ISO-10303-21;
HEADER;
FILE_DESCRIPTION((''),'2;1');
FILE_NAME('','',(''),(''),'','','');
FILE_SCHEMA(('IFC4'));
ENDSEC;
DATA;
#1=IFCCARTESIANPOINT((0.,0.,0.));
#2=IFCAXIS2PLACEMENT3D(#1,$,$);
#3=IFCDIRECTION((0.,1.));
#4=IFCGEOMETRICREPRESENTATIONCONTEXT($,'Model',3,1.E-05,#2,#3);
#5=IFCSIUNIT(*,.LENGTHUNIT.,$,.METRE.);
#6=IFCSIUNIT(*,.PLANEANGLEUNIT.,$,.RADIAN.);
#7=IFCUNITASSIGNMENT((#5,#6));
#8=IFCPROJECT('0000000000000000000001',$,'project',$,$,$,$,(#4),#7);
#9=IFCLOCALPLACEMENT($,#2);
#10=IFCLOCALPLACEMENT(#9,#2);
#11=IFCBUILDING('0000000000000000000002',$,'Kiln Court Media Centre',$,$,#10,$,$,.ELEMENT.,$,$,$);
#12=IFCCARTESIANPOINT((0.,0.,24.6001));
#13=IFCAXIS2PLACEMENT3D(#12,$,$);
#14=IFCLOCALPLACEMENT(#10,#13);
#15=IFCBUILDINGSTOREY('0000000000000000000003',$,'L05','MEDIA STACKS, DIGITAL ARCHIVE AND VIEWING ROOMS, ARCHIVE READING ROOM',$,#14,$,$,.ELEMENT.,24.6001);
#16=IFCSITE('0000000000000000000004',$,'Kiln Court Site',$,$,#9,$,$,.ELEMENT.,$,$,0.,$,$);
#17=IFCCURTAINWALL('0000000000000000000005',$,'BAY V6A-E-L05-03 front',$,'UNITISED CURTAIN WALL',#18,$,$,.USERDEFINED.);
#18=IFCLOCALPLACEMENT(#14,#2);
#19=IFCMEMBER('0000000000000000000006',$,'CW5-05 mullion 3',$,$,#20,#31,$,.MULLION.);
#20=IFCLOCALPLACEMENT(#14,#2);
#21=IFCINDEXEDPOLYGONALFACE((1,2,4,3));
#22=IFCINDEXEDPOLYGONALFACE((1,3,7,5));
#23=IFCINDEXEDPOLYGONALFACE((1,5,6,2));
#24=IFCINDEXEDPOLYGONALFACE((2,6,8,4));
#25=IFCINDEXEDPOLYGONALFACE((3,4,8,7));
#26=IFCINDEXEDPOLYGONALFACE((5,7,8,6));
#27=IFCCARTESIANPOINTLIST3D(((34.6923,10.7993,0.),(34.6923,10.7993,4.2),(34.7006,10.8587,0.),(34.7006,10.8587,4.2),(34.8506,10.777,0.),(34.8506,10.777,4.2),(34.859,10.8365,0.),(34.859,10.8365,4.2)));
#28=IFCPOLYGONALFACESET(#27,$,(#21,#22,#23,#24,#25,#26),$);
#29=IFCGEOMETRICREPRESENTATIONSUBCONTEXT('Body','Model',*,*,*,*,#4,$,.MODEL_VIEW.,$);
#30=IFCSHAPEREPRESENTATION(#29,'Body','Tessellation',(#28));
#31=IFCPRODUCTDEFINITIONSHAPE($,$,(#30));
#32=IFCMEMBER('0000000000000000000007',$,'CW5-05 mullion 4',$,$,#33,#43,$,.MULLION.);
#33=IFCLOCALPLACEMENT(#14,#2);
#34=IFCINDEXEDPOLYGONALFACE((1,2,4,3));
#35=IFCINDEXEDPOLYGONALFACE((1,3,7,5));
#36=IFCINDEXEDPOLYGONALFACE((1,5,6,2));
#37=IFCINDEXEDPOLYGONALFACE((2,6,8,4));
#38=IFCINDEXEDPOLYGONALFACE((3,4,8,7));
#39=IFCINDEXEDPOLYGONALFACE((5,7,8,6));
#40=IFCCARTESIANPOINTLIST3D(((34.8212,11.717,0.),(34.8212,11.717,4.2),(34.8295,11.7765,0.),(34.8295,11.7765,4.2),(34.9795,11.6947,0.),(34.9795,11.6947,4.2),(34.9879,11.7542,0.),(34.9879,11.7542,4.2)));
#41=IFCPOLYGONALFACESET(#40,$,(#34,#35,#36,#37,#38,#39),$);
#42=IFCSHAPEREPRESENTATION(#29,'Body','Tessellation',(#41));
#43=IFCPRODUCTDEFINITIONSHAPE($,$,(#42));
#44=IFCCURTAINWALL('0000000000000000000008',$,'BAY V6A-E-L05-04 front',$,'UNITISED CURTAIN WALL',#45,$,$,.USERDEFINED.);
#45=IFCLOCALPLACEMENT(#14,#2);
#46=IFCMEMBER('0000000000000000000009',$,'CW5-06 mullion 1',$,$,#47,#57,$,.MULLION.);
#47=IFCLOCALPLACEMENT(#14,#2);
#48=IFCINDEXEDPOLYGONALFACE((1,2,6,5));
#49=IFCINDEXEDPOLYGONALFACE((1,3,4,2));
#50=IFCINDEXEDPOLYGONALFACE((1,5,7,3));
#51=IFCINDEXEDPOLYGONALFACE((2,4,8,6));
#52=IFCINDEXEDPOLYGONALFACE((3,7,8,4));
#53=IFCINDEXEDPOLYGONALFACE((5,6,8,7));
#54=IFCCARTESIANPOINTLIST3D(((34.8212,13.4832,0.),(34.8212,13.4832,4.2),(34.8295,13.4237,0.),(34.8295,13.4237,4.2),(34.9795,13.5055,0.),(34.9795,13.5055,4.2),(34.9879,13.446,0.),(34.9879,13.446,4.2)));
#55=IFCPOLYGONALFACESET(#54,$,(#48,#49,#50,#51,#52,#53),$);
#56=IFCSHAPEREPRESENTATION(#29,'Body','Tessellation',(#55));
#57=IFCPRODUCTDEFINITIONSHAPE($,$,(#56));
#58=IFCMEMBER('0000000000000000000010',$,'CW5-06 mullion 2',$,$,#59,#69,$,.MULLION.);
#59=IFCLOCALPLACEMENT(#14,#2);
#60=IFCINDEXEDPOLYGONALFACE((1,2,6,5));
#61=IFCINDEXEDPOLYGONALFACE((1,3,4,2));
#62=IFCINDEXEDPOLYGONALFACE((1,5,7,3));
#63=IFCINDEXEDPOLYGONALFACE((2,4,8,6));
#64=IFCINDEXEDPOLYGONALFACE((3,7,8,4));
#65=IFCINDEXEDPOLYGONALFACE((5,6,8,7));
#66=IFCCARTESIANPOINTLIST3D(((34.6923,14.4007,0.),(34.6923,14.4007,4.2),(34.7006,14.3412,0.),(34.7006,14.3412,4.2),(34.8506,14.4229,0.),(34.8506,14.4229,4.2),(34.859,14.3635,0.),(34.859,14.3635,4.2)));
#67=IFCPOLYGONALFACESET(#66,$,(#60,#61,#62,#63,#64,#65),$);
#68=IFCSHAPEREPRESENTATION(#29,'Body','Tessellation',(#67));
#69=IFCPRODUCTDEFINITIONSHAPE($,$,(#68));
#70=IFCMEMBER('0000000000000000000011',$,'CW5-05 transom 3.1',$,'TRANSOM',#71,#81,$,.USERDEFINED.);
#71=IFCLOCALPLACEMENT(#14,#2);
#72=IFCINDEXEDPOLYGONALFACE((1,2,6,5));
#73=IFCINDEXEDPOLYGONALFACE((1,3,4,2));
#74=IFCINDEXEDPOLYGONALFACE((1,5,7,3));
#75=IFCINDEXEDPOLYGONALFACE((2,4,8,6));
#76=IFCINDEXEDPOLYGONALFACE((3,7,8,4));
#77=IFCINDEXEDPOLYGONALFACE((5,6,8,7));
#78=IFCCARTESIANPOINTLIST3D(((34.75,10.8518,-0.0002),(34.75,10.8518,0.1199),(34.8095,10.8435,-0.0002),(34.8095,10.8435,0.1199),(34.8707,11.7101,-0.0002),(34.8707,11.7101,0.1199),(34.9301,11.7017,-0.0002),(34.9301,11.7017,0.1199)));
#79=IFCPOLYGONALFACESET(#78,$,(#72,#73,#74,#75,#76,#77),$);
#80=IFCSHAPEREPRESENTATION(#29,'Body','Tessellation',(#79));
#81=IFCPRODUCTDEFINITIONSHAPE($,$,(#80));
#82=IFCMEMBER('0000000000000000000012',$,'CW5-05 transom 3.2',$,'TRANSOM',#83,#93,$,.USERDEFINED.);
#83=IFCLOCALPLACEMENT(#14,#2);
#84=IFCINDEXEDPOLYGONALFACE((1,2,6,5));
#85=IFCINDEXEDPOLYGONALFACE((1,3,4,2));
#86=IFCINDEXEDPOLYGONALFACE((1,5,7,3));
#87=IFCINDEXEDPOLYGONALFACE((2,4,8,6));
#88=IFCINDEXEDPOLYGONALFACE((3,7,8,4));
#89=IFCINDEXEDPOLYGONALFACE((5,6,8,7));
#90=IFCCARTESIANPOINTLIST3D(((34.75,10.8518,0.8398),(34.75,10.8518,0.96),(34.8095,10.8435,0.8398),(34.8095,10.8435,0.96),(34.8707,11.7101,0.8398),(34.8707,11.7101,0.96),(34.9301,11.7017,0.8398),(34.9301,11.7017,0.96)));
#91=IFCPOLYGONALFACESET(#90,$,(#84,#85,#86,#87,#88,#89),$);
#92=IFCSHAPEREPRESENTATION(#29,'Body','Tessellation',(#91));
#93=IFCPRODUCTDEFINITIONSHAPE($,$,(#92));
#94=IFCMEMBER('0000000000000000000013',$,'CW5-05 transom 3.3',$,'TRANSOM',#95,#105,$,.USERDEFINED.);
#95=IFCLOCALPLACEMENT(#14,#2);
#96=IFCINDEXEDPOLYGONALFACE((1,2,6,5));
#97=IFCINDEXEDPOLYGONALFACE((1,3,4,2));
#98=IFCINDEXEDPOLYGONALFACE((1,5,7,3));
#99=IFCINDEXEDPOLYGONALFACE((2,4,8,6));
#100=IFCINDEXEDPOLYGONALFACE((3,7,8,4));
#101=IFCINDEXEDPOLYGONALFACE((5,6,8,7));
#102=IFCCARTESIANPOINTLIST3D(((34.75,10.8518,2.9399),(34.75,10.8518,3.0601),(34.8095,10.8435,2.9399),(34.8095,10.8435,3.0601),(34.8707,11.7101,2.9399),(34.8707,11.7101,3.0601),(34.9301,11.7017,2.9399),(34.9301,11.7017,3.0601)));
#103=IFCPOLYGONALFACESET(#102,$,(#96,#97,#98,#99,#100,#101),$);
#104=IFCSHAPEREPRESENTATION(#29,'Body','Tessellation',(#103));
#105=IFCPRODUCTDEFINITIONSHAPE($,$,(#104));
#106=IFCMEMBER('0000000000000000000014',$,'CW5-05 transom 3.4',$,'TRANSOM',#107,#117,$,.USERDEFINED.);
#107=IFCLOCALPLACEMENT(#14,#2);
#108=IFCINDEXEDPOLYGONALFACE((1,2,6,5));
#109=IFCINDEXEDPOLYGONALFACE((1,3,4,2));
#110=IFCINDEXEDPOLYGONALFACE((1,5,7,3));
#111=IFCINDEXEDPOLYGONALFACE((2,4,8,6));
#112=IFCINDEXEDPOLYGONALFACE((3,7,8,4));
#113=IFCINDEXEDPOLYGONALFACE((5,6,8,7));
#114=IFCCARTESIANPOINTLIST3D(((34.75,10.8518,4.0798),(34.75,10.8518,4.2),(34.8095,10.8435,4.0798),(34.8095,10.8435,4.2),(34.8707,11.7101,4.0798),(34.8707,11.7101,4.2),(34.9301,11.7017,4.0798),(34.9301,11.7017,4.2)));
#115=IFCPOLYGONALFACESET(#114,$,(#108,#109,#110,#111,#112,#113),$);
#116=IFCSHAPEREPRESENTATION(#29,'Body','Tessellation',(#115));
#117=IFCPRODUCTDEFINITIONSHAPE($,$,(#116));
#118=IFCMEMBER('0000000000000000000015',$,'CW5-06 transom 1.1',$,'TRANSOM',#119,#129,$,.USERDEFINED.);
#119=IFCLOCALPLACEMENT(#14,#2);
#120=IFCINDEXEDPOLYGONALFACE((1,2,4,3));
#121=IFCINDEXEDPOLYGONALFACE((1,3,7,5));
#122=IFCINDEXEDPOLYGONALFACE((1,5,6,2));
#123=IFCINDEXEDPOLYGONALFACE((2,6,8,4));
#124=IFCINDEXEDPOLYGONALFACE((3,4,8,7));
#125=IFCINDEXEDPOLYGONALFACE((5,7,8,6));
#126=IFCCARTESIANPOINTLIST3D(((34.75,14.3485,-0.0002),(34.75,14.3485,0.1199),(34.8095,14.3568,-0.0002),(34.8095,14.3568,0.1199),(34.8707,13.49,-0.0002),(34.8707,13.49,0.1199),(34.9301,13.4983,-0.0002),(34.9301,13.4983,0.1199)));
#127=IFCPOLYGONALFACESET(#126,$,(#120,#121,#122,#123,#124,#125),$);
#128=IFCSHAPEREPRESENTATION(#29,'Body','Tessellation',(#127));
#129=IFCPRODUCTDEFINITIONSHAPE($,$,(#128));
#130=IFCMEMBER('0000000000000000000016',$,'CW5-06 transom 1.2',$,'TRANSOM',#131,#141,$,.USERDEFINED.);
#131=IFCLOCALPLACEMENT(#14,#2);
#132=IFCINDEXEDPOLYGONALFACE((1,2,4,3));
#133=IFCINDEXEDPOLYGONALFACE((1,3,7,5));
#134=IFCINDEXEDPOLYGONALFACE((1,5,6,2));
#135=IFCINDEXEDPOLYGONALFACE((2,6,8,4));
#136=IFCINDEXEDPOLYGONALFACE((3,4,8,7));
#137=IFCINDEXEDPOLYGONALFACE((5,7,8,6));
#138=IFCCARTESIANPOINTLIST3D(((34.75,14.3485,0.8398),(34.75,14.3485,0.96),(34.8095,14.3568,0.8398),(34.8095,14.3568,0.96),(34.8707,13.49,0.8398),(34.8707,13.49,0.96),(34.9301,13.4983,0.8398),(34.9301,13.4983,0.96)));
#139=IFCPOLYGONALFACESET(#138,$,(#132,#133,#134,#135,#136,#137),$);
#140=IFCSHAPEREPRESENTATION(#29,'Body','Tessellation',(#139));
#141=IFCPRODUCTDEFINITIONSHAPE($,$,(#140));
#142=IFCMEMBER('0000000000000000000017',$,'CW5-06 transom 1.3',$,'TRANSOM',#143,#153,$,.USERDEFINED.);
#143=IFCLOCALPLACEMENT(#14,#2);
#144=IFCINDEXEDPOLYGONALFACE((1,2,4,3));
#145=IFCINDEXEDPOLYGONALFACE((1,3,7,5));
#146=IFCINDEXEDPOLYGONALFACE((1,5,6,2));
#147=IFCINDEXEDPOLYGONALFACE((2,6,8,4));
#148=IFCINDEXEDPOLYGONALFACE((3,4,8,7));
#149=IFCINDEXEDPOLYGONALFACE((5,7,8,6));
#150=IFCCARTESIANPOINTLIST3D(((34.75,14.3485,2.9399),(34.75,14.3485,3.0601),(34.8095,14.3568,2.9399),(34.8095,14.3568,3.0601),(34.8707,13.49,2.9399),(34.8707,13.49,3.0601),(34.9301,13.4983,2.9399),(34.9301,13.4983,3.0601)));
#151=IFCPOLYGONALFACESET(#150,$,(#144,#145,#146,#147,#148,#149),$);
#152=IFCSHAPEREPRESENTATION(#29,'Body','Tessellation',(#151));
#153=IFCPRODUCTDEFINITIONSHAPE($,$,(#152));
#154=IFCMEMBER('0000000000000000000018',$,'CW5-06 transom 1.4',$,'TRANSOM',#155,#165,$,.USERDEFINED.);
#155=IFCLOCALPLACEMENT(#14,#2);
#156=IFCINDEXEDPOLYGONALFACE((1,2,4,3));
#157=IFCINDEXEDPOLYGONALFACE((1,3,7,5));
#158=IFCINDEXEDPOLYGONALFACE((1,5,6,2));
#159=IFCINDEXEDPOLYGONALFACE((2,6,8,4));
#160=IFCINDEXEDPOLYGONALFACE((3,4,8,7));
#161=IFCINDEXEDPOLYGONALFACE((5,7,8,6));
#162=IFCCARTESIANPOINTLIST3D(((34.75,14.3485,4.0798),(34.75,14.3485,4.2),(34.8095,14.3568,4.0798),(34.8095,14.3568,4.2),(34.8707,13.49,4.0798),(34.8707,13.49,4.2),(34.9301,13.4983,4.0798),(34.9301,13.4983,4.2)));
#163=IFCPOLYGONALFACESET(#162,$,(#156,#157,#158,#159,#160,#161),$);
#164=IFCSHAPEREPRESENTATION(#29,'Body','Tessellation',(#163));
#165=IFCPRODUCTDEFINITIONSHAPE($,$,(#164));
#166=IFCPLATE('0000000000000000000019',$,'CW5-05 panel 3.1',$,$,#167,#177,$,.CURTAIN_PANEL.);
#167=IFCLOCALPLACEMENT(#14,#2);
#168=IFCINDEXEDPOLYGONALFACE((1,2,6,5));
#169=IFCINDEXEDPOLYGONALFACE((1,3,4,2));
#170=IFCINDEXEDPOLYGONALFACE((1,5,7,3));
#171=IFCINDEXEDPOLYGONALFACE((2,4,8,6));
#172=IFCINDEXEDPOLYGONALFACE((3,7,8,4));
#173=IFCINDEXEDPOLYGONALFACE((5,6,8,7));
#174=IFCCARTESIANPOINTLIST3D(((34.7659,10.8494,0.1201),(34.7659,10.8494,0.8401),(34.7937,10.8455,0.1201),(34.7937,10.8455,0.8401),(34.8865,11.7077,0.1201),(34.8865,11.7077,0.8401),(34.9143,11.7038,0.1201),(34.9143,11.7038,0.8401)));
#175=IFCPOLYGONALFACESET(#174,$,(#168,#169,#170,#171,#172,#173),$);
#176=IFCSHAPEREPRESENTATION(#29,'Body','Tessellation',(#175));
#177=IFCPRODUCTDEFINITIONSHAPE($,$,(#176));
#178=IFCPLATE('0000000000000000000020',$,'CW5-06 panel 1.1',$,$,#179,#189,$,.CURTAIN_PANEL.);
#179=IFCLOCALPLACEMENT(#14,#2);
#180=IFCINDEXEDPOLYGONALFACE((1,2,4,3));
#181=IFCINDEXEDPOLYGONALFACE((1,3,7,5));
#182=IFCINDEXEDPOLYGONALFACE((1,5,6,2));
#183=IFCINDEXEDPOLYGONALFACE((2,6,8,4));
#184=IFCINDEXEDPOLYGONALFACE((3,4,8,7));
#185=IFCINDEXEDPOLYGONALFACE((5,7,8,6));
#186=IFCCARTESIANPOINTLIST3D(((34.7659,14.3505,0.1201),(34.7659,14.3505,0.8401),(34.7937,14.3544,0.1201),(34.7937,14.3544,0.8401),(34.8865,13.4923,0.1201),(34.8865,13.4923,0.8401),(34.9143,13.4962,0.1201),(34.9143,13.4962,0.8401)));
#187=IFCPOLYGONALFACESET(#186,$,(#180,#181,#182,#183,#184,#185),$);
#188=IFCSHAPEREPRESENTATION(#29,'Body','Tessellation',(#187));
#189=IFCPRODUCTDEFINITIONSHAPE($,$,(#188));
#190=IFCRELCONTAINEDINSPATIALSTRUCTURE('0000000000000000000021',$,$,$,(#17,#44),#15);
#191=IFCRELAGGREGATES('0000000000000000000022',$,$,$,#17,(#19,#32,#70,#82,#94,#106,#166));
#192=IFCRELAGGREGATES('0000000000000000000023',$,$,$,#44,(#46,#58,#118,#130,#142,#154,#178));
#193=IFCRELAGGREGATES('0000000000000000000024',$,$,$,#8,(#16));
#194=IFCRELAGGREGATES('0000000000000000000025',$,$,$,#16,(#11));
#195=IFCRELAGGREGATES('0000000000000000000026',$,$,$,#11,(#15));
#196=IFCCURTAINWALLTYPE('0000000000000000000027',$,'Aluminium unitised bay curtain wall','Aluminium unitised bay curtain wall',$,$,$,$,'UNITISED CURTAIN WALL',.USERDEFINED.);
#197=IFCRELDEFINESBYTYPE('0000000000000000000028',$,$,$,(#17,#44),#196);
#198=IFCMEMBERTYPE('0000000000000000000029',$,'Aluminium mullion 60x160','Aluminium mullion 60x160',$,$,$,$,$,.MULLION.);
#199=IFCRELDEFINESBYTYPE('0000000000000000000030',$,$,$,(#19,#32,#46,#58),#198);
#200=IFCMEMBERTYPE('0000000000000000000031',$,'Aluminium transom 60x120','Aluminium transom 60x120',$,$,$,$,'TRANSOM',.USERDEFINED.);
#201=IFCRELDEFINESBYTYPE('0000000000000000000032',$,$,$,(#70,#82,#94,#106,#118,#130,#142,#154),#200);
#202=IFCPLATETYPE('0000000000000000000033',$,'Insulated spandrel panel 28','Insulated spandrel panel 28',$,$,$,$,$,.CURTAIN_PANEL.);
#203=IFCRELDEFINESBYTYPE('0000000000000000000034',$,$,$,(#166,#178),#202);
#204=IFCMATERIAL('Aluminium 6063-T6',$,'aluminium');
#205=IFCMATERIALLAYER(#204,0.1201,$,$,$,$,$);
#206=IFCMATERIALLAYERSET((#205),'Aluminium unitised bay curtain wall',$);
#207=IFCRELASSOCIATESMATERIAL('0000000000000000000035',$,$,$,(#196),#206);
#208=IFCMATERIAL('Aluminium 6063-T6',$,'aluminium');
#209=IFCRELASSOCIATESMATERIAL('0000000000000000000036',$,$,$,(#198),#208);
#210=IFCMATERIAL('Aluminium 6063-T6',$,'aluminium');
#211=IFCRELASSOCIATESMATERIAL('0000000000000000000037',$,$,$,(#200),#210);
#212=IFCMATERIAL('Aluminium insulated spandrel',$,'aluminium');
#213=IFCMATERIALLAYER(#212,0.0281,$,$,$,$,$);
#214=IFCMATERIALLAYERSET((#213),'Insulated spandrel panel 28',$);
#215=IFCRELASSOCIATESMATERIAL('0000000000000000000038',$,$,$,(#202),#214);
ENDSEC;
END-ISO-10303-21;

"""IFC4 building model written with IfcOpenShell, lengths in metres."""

from ifc_helpers import new_model, si_unit, direction, frame, origin, origin_2d, place, context, subcontext, project, spatial, rectangle, extrude, material, layer, layer_set, material_profile, profile_set, type_object, element, aggregate, save


model = new_model("IFC4")

# Units and contexts
model_context = context("Model", 3, precision=1e-05, world=origin(), true_north=direction((0.0, 1.0)))
body_context = subcontext(model_context, "Body", "Model", "MODEL_VIEW")
ifc_project = project(units=[si_unit("LENGTHUNIT", "METRE"), si_unit("PLANEANGLEUNIT", "RADIAN")], contexts=[model_context])

# Site, building, storey
site_placement = place(None, origin())
site = spatial("IfcSite", under=ifc_project, at=site_placement, Name="Kiln Court Site", CompositionType="ELEMENT", RefElevation=0.0)
building_placement = place(site_placement, origin())
building = spatial("IfcBuilding", under=site, at=building_placement, Name="Kiln Court Media Centre", CompositionType="ELEMENT")
storey_placement = place(building_placement, frame((0.0, 0.0, 24.6001)))
storey = spatial("IfcBuildingStorey", under=building, at=storey_placement, Name="L05", Description="MEDIA STACKS, DIGITAL ARCHIVE AND VIEWING ROOMS, ARCHIVE READING ROOM", CompositionType="ELEMENT", Elevation=24.6001)

# Curtain walls, members
ifc_material_1 = material(Name="Aluminium 6063-T6", Category="aluminium")
ifc_layer_1 = layer(ifc_material_1, 0.1201)
ifc_layer_set_1 = layer_set([ifc_layer_1], Name="Aluminium unitised bay curtain wall")
curtain_wall_type = type_object("IfcCurtainWallType", Name="Aluminium unitised bay curtain wall", Description="Aluminium unitised bay curtain wall", ElementType="UNITISED CURTAIN WALL", PredefinedType="USERDEFINED", material=ifc_layer_set_1)
curtain_wall_1_placement = place(storey_placement, origin())
curtain_wall_1 = element("IfcCurtainWall", 1, at=curtain_wall_1_placement, inside=storey, type_object=curtain_wall_type, Name="BAY V6A-E-L05-03 front", ObjectType="UNITISED CURTAIN WALL", PredefinedType="USERDEFINED")
ifc_material_2 = material(Name="Aluminium 6063-T6", Category="aluminium")
ifc_material_profile_1 = material_profile(ifc_material_2, rectangle(XDim=0.0601, YDim=0.1599, at=origin_2d()), Name="Aluminium mullion 60x160")
ifc_profile_set_1 = profile_set([ifc_material_profile_1], Name="Aluminium 6063-T6")
member_type_1 = type_object("IfcMemberType", Name="Aluminium mullion 60x160", Description="Aluminium mullion 60x160", PredefinedType="MULLION", material=ifc_profile_set_1)
member_1_placement = place(storey_placement, frame((34.7756, 10.8179, 0.0), z_axis=(0.0, 0.0, 1.0), x_axis=(0.139162, 0.99027, 0.0)))
member_1 = element("IfcMember", 2, at=member_1_placement, type_object=member_type_1, Name="CW5-05 mullion 3", PredefinedType="MULLION", context=body_context, shape_type="SweptSolid", body=[
    extrude(rectangle(XDim=0.0601, YDim=0.1599, at=origin_2d()), origin(), (0.0, 0.0, 1.0), 4.2),
])
member_2_placement = place(storey_placement, frame((34.9045, 11.7356, 0.0), z_axis=(0.0, 0.0, 1.0), x_axis=(0.139162, 0.99027, 0.0)))
member_2 = element("IfcMember", 3, at=member_2_placement, type_object=member_type_1, Name="CW5-05 mullion 4", PredefinedType="MULLION", context=body_context, shape_type="SweptSolid", body=[
    extrude(rectangle(XDim=0.0601, YDim=0.1599, at=origin_2d()), origin(), (0.0, 0.0, 1.0), 4.2),
])
curtain_wall_2_placement = place(storey_placement, origin())
curtain_wall_2 = element("IfcCurtainWall", 4, at=curtain_wall_2_placement, inside=storey, type_object=curtain_wall_type, Name="BAY V6A-E-L05-04 front", ObjectType="UNITISED CURTAIN WALL", PredefinedType="USERDEFINED")
member_3_placement = place(storey_placement, frame((34.9045, 13.4646, 0.0), z_axis=(0.0, 0.0, 1.0), x_axis=(-0.139162, 0.99027, 0.0)))
member_3 = element("IfcMember", 5, at=member_3_placement, type_object=member_type_1, Name="CW5-06 mullion 1", PredefinedType="MULLION", context=body_context, shape_type="SweptSolid", body=[
    extrude(rectangle(XDim=0.0601, YDim=0.1599, at=origin_2d()), origin(), (0.0, 0.0, 1.0), 4.2),
])
member_4_placement = place(storey_placement, frame((34.7756, 14.3821, 0.0), z_axis=(0.0, 0.0, 1.0), x_axis=(-0.139162, 0.99027, 0.0)))
member_4 = element("IfcMember", 6, at=member_4_placement, type_object=member_type_1, Name="CW5-06 mullion 2", PredefinedType="MULLION", context=body_context, shape_type="SweptSolid", body=[
    extrude(rectangle(XDim=0.0601, YDim=0.1599, at=origin_2d()), origin(), (0.0, 0.0, 1.0), 4.2),
])

# Members
ifc_material_3 = material(Name="Aluminium 6063-T6", Category="aluminium")
ifc_material_profile_2 = material_profile(ifc_material_3, rectangle(XDim=0.0601, YDim=0.1201, at=origin_2d()), Name="Aluminium transom 60x120")
ifc_profile_set_2 = profile_set([ifc_material_profile_2], Name="Aluminium 6063-T6")
member_type_2 = type_object("IfcMemberType", Name="Aluminium transom 60x120", Description="Aluminium transom 60x120", ElementType="TRANSOM", PredefinedType="USERDEFINED", material=ifc_profile_set_2)
member_5_placement = place(storey_placement, frame((34.7798, 10.8477, 0.0598), z_axis=(0.139173, 0.990268, 0.0), x_axis=(-0.990268, 0.139173, 0.0)))
member_5 = element("IfcMember", 7, at=member_5_placement, type_object=member_type_2, Name="CW5-05 transom 3.1", ObjectType="TRANSOM", PredefinedType="USERDEFINED", context=body_context, shape_type="SweptSolid", body=[
    extrude(rectangle(XDim=0.0601, YDim=0.1201, at=origin_2d()), origin(), (0.0, 0.0, 1.0), 0.8667),
])
member_6_placement = place(storey_placement, frame((34.7798, 10.8477, 0.8999), z_axis=(0.139173, 0.990268, 0.0), x_axis=(-0.990268, 0.139173, 0.0)))
member_6 = element("IfcMember", 8, at=member_6_placement, type_object=member_type_2, Name="CW5-05 transom 3.2", ObjectType="TRANSOM", PredefinedType="USERDEFINED", context=body_context, shape_type="SweptSolid", body=[
    extrude(rectangle(XDim=0.0601, YDim=0.1201, at=origin_2d()), origin(), (0.0, 0.0, 1.0), 0.8667),
])
member_7_placement = place(storey_placement, frame((34.7798, 10.8477, 3.0), z_axis=(0.139173, 0.990268, 0.0), x_axis=(-0.990268, 0.139173, 0.0)))
member_7 = element("IfcMember", 9, at=member_7_placement, type_object=member_type_2, Name="CW5-05 transom 3.3", ObjectType="TRANSOM", PredefinedType="USERDEFINED", context=body_context, shape_type="SweptSolid", body=[
    extrude(rectangle(XDim=0.0601, YDim=0.1201, at=origin_2d()), origin(), (0.0, 0.0, 1.0), 0.8667),
])
member_8_placement = place(storey_placement, frame((34.7798, 10.8477, 4.1399), z_axis=(0.139173, 0.990268, 0.0), x_axis=(-0.990268, 0.139173, 0.0)))
member_8 = element("IfcMember", 10, at=member_8_placement, type_object=member_type_2, Name="CW5-05 transom 3.4", ObjectType="TRANSOM", PredefinedType="USERDEFINED", context=body_context, shape_type="SweptSolid", body=[
    extrude(rectangle(XDim=0.0601, YDim=0.1201, at=origin_2d()), origin(), (0.0, 0.0, 1.0), 0.8667),
])
member_9_placement = place(storey_placement, frame((34.9004, 13.4941, 0.0598), z_axis=(-0.139134, 0.990274, 0.0), x_axis=(-0.990274, -0.139134, 0.0)))
member_9 = element("IfcMember", 11, at=member_9_placement, type_object=member_type_2, Name="CW5-06 transom 1.1", ObjectType="TRANSOM", PredefinedType="USERDEFINED", context=body_context, shape_type="SweptSolid", body=[
    extrude(rectangle(XDim=0.0601, YDim=0.1201, at=origin_2d()), origin(), (0.0, 0.0, 1.0), 0.8669),
])
member_10_placement = place(storey_placement, frame((34.9004, 13.4941, 0.8999), z_axis=(-0.139134, 0.990274, 0.0), x_axis=(-0.990274, -0.139134, 0.0)))
member_10 = element("IfcMember", 12, at=member_10_placement, type_object=member_type_2, Name="CW5-06 transom 1.2", ObjectType="TRANSOM", PredefinedType="USERDEFINED", context=body_context, shape_type="SweptSolid", body=[
    extrude(rectangle(XDim=0.0601, YDim=0.1201, at=origin_2d()), origin(), (0.0, 0.0, 1.0), 0.8669),
])
member_11_placement = place(storey_placement, frame((34.9004, 13.4941, 3.0), z_axis=(-0.139134, 0.990274, 0.0), x_axis=(-0.990274, -0.139134, 0.0)))
member_11 = element("IfcMember", 13, at=member_11_placement, type_object=member_type_2, Name="CW5-06 transom 1.3", ObjectType="TRANSOM", PredefinedType="USERDEFINED", context=body_context, shape_type="SweptSolid", body=[
    extrude(rectangle(XDim=0.0601, YDim=0.1201, at=origin_2d()), origin(), (0.0, 0.0, 1.0), 0.8669),
])
member_12_placement = place(storey_placement, frame((34.9004, 13.4941, 4.1399), z_axis=(-0.139134, 0.990274, 0.0), x_axis=(-0.990274, -0.139134, 0.0)))
member_12 = element("IfcMember", 14, at=member_12_placement, type_object=member_type_2, Name="CW5-06 transom 1.4", ObjectType="TRANSOM", PredefinedType="USERDEFINED", context=body_context, shape_type="SweptSolid", body=[
    extrude(rectangle(XDim=0.0601, YDim=0.1201, at=origin_2d()), origin(), (0.0, 0.0, 1.0), 0.8669),
])

# Plates
ifc_material_4 = material(Name="Aluminium insulated spandrel", Category="aluminium")
ifc_layer_2 = layer(ifc_material_4, 0.0281)
ifc_layer_set_2 = layer_set([ifc_layer_2], Name="Insulated spandrel panel 28")
plate_type_1 = type_object("IfcPlateType", Name="Insulated spandrel panel 28", Description="Insulated spandrel panel 28", PredefinedType="CURTAIN_PANEL", material=ifc_layer_set_2)
plate_1_placement = place(storey_placement, frame((34.8401, 11.2766, 0.1201), z_axis=(0.0, 0.0, 1.0), x_axis=(0.139162, 0.99027, 0.0)))
plate_1 = element("IfcPlate", 15, at=plate_1_placement, type_object=plate_type_1, Name="CW5-05 panel 3.1", PredefinedType="CURTAIN_PANEL", context=body_context, shape_type="SweptSolid", body=[
    extrude(rectangle(XDim=0.8667, YDim=0.0281, at=origin_2d()), origin(), (0.0, 0.0, 1.0), 0.72),
])
plate_2_placement = place(storey_placement, frame((34.8401, 13.9233, 0.1201), z_axis=(0.0, 0.0, 1.0), x_axis=(-0.139162, 0.99027, 0.0)))
plate_2 = element("IfcPlate", 16, at=plate_2_placement, type_object=plate_type_1, Name="CW5-06 panel 1.1", PredefinedType="CURTAIN_PANEL", context=body_context, shape_type="SweptSolid", body=[
    extrude(rectangle(XDim=0.8667, YDim=0.0281, at=origin_2d()), origin(), (0.0, 0.0, 1.0), 0.72),
])
aggregate(curtain_wall_1, [member_1, member_2, member_5, member_6, member_7, member_8, plate_1])
aggregate(curtain_wall_2, [member_3, member_4, member_9, member_10, member_11, member_12, plate_2])

save(model, "model.ifc")
